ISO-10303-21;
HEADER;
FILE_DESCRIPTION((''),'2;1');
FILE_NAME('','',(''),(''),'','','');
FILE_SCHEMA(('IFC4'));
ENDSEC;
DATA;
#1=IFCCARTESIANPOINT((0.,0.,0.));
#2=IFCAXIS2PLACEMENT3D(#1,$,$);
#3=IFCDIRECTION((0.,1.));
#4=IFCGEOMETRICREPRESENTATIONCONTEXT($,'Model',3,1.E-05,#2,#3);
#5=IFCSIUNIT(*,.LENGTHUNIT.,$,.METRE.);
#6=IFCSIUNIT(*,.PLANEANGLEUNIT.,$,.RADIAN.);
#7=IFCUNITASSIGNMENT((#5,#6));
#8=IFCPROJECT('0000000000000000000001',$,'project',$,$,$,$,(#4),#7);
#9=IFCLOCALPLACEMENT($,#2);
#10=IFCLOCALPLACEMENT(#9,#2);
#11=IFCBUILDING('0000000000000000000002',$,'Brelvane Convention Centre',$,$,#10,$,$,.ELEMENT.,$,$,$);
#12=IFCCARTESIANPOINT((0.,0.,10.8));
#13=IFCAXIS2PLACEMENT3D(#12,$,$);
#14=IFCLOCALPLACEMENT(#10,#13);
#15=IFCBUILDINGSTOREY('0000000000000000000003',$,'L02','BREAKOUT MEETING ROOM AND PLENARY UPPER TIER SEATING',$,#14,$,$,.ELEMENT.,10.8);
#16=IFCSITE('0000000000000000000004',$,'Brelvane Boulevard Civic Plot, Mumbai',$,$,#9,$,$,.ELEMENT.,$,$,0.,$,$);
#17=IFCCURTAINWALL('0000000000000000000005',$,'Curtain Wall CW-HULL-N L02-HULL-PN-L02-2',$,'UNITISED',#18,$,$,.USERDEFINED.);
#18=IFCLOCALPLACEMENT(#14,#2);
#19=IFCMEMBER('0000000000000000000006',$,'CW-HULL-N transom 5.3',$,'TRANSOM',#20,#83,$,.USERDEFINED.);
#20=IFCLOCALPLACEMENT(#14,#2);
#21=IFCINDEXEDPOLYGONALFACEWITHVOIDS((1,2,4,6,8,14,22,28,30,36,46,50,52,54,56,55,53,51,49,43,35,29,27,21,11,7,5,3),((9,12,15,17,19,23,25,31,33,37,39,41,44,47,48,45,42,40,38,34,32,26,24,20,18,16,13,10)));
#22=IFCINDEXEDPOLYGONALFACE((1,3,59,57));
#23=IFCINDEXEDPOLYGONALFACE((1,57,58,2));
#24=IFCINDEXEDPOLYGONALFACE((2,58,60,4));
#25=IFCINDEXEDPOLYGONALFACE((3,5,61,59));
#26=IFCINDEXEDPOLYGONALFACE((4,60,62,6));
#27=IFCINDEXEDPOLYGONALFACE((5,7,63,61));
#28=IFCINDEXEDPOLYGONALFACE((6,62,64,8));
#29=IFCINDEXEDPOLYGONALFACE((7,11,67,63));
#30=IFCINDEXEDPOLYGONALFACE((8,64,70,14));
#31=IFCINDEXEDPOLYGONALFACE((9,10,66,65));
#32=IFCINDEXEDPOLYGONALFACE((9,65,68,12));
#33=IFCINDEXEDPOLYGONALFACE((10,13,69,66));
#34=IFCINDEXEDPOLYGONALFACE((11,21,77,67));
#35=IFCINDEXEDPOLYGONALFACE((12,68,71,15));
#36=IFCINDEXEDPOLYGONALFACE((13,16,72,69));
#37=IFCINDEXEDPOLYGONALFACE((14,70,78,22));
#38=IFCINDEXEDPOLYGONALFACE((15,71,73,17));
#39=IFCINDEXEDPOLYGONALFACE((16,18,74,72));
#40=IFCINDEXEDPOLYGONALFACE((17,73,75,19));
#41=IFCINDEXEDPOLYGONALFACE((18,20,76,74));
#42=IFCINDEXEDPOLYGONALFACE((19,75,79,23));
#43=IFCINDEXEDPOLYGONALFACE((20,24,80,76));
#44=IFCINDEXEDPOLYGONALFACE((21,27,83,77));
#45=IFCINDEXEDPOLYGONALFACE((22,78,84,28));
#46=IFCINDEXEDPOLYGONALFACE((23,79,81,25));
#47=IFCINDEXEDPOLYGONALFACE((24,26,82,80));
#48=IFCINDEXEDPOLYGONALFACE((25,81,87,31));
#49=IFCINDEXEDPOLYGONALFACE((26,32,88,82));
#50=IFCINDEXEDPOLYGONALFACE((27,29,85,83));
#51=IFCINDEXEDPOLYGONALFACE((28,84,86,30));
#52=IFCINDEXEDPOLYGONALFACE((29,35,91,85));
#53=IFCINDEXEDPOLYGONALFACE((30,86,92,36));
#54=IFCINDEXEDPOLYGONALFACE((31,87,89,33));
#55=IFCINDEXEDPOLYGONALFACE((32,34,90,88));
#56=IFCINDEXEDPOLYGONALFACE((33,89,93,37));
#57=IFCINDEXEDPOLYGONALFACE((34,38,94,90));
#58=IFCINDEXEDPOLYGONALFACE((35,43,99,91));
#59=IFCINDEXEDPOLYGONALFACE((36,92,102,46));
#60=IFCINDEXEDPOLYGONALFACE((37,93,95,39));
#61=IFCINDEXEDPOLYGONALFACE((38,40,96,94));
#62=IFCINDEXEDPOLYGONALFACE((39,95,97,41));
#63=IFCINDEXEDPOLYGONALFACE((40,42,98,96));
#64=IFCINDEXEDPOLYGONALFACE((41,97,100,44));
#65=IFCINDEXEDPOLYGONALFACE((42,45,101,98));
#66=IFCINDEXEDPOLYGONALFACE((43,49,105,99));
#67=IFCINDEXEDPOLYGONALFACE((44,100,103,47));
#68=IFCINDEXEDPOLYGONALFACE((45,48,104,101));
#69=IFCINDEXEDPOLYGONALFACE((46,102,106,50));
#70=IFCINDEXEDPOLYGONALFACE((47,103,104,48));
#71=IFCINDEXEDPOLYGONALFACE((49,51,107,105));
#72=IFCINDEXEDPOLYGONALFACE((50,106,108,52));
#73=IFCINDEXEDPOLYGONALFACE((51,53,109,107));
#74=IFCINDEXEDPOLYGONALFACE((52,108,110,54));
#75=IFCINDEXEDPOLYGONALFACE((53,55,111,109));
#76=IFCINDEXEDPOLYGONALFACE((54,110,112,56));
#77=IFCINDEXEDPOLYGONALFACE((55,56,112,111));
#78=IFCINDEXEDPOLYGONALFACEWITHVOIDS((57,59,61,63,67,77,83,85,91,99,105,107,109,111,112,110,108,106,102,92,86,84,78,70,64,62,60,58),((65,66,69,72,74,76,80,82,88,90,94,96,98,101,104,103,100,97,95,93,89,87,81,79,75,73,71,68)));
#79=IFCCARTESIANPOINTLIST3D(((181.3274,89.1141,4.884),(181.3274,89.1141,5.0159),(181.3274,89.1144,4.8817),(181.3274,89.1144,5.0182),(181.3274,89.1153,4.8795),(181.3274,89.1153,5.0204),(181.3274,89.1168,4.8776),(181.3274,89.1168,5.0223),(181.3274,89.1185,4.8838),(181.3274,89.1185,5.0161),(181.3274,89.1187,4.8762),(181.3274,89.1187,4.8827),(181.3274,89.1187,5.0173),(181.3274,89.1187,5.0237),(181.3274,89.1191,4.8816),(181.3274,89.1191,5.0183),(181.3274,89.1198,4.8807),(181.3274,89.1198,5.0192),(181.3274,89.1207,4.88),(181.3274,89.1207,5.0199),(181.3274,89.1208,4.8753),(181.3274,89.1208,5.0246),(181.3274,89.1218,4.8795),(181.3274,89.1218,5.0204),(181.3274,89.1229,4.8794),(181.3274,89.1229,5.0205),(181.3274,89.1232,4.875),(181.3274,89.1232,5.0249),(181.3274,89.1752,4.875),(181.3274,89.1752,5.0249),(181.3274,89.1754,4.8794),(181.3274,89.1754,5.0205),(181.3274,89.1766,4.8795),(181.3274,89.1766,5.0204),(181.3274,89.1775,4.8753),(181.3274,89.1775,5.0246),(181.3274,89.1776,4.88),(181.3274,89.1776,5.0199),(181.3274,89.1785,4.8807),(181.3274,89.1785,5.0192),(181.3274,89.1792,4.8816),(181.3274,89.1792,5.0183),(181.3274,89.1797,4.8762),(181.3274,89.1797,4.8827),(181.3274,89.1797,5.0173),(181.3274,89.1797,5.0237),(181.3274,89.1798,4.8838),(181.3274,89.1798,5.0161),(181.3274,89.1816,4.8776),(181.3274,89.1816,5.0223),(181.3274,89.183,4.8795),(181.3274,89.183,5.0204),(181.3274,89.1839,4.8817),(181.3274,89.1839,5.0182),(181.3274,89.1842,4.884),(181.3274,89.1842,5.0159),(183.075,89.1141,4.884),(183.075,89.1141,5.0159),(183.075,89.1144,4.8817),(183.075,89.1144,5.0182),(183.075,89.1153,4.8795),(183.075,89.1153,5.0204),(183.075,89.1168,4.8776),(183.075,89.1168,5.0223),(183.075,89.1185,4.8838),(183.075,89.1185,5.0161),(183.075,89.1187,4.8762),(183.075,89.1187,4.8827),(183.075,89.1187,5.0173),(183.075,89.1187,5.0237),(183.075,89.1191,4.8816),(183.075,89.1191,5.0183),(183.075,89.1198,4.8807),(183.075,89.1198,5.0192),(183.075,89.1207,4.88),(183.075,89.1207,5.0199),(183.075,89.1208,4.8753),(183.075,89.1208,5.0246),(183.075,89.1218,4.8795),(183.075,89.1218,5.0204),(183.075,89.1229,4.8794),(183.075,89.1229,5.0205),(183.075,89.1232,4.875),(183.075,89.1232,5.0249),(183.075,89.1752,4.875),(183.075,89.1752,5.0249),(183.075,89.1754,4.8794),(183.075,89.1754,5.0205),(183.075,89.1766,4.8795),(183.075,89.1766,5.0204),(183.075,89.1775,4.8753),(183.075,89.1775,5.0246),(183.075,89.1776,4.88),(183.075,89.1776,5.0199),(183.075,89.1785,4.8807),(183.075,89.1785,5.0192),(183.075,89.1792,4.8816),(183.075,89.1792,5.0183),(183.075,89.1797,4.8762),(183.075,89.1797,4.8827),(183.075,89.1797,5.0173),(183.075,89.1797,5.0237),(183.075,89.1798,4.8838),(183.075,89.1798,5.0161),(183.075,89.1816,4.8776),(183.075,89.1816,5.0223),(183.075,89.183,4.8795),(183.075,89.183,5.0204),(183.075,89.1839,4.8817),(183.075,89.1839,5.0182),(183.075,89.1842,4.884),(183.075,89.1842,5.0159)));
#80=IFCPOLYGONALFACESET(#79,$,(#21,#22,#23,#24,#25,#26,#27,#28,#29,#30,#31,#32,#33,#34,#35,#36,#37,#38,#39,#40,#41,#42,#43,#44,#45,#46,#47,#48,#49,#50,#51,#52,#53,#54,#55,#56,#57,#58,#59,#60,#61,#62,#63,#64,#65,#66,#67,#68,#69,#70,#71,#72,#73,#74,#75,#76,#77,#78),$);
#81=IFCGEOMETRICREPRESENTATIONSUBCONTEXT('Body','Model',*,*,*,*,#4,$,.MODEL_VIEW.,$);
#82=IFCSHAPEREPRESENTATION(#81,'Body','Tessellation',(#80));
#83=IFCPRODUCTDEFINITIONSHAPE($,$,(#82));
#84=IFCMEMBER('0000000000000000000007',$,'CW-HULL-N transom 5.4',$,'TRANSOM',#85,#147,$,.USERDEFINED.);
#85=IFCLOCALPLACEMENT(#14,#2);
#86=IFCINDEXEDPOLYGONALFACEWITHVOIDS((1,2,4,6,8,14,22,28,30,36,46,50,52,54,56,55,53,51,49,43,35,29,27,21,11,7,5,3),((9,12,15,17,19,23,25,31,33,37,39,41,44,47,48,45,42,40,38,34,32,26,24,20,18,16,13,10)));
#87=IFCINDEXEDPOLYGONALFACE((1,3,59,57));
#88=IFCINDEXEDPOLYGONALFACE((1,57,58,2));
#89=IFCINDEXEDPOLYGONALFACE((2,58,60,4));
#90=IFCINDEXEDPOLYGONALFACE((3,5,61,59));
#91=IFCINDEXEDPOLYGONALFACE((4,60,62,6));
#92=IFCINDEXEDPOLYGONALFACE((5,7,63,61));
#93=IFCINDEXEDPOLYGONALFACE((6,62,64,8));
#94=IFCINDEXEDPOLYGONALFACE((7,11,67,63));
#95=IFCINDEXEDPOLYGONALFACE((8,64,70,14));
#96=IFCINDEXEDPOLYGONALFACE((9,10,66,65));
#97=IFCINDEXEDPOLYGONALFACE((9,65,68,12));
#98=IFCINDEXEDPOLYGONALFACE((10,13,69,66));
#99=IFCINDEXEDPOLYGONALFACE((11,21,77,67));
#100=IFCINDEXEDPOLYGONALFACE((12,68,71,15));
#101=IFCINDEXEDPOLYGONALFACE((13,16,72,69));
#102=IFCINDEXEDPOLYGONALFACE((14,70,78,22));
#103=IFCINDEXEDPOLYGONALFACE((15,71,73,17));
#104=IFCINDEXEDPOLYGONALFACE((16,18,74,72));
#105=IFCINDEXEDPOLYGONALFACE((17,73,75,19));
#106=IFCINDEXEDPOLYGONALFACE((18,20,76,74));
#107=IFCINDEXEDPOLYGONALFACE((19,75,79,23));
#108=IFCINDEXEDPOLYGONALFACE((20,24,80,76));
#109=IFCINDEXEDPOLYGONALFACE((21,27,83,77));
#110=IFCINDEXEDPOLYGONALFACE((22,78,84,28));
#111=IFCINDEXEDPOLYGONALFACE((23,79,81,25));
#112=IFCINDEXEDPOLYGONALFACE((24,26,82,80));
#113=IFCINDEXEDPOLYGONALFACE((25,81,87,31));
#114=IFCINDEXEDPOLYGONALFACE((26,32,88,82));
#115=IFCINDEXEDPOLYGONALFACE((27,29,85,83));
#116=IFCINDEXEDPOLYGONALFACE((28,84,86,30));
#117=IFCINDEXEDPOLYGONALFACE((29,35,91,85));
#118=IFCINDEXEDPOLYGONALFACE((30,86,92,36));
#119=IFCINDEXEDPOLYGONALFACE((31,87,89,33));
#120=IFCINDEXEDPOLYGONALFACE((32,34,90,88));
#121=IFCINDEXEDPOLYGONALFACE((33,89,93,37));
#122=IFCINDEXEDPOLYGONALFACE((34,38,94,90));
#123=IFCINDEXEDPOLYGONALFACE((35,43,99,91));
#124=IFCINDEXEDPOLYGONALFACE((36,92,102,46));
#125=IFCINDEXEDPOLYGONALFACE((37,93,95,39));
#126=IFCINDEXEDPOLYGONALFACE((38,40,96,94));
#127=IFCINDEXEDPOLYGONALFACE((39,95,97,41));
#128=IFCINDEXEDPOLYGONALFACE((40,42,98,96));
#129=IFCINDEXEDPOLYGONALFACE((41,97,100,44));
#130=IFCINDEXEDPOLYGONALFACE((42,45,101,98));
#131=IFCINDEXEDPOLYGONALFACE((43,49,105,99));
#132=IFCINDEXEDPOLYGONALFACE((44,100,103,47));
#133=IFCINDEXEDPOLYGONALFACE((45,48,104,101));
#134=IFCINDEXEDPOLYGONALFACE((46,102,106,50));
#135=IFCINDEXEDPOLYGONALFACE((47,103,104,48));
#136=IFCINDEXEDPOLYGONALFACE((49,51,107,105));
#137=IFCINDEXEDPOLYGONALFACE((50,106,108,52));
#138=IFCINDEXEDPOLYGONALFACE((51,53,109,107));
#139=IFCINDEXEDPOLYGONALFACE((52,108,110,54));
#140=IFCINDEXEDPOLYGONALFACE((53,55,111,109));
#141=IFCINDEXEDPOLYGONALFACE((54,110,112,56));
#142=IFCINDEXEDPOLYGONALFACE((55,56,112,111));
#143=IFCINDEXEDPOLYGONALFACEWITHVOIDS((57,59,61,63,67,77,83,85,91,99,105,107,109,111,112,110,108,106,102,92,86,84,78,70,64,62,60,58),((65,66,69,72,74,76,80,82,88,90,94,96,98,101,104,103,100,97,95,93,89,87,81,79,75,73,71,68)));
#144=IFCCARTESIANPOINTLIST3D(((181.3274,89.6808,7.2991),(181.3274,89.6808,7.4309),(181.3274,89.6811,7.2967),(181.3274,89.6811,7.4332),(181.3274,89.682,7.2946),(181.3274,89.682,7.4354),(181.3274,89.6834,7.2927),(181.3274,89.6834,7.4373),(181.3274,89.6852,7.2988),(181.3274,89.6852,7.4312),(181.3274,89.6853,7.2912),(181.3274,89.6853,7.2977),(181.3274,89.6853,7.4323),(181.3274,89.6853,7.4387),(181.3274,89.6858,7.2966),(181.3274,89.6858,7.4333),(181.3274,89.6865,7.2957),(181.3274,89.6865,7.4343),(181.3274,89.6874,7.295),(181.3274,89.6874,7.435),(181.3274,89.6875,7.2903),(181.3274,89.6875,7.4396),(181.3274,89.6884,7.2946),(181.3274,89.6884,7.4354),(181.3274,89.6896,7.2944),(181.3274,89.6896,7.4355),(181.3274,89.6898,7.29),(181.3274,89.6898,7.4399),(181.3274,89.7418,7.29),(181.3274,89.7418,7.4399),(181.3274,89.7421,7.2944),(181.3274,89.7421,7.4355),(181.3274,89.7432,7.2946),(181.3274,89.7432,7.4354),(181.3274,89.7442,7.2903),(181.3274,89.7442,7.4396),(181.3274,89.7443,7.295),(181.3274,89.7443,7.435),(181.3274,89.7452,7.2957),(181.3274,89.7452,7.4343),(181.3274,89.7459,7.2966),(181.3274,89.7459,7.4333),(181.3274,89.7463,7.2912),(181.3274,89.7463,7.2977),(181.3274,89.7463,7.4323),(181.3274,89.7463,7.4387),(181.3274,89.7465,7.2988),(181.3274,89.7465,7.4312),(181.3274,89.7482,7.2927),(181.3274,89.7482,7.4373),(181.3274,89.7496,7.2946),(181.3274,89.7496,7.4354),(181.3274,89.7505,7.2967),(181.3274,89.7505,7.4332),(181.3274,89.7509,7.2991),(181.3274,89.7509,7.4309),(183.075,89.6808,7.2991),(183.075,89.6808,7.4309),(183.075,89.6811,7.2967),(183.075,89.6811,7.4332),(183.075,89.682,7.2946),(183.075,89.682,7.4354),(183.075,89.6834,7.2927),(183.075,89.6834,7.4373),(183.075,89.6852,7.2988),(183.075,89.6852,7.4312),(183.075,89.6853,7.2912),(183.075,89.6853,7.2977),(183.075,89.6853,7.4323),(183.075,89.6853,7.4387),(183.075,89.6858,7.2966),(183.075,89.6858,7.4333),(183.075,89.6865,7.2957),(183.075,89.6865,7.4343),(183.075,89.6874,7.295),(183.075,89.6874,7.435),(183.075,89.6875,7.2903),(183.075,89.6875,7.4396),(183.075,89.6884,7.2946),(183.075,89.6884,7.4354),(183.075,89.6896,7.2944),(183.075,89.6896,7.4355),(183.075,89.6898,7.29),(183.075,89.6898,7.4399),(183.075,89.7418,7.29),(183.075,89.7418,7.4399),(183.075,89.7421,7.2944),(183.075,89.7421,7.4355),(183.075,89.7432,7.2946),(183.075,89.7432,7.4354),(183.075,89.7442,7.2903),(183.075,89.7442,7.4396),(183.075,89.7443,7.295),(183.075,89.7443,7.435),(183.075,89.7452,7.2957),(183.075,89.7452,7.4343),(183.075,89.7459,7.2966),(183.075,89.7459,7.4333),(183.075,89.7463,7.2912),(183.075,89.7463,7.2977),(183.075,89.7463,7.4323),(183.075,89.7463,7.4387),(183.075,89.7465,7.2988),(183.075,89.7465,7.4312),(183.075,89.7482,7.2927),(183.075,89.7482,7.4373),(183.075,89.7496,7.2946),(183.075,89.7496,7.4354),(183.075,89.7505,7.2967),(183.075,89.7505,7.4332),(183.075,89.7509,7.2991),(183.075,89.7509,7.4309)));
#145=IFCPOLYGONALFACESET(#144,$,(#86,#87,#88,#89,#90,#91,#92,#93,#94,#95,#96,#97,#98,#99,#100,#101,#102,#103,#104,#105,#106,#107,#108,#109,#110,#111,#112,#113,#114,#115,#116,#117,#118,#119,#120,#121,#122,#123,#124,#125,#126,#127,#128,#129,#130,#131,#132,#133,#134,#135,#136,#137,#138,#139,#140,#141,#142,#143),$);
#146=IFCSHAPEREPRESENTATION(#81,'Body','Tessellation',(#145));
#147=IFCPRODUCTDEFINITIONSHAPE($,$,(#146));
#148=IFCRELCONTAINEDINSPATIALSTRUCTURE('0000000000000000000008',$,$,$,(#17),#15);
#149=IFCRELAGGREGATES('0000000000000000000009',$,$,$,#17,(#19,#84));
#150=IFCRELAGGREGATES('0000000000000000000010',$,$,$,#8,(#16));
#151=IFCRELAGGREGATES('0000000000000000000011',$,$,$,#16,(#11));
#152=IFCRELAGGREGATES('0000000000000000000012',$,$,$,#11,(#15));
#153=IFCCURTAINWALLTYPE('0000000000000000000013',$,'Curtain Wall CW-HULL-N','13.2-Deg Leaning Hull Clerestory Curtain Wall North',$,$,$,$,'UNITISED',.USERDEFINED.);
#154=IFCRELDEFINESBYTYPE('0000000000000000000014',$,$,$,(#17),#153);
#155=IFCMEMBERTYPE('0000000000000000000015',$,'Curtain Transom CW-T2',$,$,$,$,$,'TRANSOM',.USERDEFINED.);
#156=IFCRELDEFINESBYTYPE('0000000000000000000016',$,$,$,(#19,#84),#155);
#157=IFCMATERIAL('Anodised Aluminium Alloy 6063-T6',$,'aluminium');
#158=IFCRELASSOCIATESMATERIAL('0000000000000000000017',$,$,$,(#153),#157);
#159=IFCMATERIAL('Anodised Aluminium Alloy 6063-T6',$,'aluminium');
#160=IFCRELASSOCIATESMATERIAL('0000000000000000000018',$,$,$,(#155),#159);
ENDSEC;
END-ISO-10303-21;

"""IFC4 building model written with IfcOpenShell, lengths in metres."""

from ifc_helpers import new_model, si_unit, direction, frame, origin, origin_2d, place, context, subcontext, project, spatial, hollow_rectangle, extrude, material, material_profile, profile_set, type_object, element, aggregate, save


model = new_model("IFC4")

# Units and contexts
model_context = context("Model", 3, precision=1e-05, world=origin(), true_north=direction((0.0, 1.0)))
body_context = subcontext(model_context, "Body", "Model", "MODEL_VIEW")
ifc_project = project(units=[si_unit("LENGTHUNIT", "METRE"), si_unit("PLANEANGLEUNIT", "RADIAN")], contexts=[model_context])

# Site, building, storey
site_placement = place(None, origin())
site = spatial("IfcSite", under=ifc_project, at=site_placement, Name="Brelvane Boulevard Civic Plot, Mumbai", CompositionType="ELEMENT", RefElevation=0.0)
building_placement = place(site_placement, origin())
building = spatial("IfcBuilding", under=site, at=building_placement, Name="Brelvane Convention Centre", CompositionType="ELEMENT")
storey_placement = place(building_placement, frame((0.0, 0.0, 10.8)))
storey = spatial("IfcBuildingStorey", under=building, at=storey_placement, Name="L02", Description="BREAKOUT MEETING ROOM AND PLENARY UPPER TIER SEATING", CompositionType="ELEMENT", Elevation=10.8)

# Curtain wall, members
ifc_material_1 = material(Name="Anodised Aluminium Alloy 6063-T6", Category="aluminium")
curtain_wall_type = type_object("IfcCurtainWallType", Name="Curtain Wall CW-HULL-N", Description="13.2-Deg Leaning Hull Clerestory Curtain Wall North", ElementType="UNITISED", PredefinedType="USERDEFINED", material=ifc_material_1)
ifc_material_2 = material(Name="Anodised Aluminium Alloy 6063-T6", Category="aluminium")
ifc_material_profile = material_profile(ifc_material_2, hollow_rectangle(XDim=0.0701, YDim=0.1499, WallThickness=0.0044, InnerFilletRadius=0.0044, OuterFilletRadius=0.009, at=origin_2d()), Name="ALU-T 150x70x4.5")
ifc_profile_set = profile_set([ifc_material_profile], Name="Anodised Aluminium Alloy 6063-T6")
member_type = type_object("IfcMemberType", Name="Curtain Transom CW-T2", ElementType="TRANSOM", PredefinedType="USERDEFINED", material=ifc_profile_set)
curtain_wall_1_placement = place(storey_placement, origin())
curtain_wall_1 = element("IfcCurtainWall", 1, at=curtain_wall_1_placement, inside=storey, type_object=curtain_wall_type, Name="Curtain Wall CW-HULL-N L02-HULL-PN-L02-2", ObjectType="UNITISED", PredefinedType="USERDEFINED")
member_1_placement = place(storey_placement, frame((181.3274, 89.1492, 4.95), z_axis=(1.0, 0.0, 0.0), x_axis=(0.0, 1.0, 0.0)))
member_1 = element("IfcMember", 2, at=member_1_placement, type_object=member_type, Name="CW-HULL-N transom 5.3", ObjectType="TRANSOM", PredefinedType="USERDEFINED", context=body_context, shape_type="SweptSolid", body=[
    extrude(hollow_rectangle(XDim=0.0701, YDim=0.1499, WallThickness=0.0044, InnerFilletRadius=0.0044, OuterFilletRadius=0.009, at=origin_2d()), origin(), (0.0, 0.0, 1.0), 1.7476),
])
member_2_placement = place(storey_placement, frame((181.3274, 89.7158, 7.365), z_axis=(1.0, 0.0, 0.0), x_axis=(0.0, 1.0, 0.0)))
member_2 = element("IfcMember", 3, at=member_2_placement, type_object=member_type, Name="CW-HULL-N transom 5.4", ObjectType="TRANSOM", PredefinedType="USERDEFINED", context=body_context, shape_type="SweptSolid", body=[
    extrude(hollow_rectangle(XDim=0.0701, YDim=0.1499, WallThickness=0.0044, InnerFilletRadius=0.0044, OuterFilletRadius=0.009, at=origin_2d()), origin(), (0.0, 0.0, 1.0), 1.7476),
])

aggregate(curtain_wall_1, [member_1, member_2])

save(model, "model.ifc")
